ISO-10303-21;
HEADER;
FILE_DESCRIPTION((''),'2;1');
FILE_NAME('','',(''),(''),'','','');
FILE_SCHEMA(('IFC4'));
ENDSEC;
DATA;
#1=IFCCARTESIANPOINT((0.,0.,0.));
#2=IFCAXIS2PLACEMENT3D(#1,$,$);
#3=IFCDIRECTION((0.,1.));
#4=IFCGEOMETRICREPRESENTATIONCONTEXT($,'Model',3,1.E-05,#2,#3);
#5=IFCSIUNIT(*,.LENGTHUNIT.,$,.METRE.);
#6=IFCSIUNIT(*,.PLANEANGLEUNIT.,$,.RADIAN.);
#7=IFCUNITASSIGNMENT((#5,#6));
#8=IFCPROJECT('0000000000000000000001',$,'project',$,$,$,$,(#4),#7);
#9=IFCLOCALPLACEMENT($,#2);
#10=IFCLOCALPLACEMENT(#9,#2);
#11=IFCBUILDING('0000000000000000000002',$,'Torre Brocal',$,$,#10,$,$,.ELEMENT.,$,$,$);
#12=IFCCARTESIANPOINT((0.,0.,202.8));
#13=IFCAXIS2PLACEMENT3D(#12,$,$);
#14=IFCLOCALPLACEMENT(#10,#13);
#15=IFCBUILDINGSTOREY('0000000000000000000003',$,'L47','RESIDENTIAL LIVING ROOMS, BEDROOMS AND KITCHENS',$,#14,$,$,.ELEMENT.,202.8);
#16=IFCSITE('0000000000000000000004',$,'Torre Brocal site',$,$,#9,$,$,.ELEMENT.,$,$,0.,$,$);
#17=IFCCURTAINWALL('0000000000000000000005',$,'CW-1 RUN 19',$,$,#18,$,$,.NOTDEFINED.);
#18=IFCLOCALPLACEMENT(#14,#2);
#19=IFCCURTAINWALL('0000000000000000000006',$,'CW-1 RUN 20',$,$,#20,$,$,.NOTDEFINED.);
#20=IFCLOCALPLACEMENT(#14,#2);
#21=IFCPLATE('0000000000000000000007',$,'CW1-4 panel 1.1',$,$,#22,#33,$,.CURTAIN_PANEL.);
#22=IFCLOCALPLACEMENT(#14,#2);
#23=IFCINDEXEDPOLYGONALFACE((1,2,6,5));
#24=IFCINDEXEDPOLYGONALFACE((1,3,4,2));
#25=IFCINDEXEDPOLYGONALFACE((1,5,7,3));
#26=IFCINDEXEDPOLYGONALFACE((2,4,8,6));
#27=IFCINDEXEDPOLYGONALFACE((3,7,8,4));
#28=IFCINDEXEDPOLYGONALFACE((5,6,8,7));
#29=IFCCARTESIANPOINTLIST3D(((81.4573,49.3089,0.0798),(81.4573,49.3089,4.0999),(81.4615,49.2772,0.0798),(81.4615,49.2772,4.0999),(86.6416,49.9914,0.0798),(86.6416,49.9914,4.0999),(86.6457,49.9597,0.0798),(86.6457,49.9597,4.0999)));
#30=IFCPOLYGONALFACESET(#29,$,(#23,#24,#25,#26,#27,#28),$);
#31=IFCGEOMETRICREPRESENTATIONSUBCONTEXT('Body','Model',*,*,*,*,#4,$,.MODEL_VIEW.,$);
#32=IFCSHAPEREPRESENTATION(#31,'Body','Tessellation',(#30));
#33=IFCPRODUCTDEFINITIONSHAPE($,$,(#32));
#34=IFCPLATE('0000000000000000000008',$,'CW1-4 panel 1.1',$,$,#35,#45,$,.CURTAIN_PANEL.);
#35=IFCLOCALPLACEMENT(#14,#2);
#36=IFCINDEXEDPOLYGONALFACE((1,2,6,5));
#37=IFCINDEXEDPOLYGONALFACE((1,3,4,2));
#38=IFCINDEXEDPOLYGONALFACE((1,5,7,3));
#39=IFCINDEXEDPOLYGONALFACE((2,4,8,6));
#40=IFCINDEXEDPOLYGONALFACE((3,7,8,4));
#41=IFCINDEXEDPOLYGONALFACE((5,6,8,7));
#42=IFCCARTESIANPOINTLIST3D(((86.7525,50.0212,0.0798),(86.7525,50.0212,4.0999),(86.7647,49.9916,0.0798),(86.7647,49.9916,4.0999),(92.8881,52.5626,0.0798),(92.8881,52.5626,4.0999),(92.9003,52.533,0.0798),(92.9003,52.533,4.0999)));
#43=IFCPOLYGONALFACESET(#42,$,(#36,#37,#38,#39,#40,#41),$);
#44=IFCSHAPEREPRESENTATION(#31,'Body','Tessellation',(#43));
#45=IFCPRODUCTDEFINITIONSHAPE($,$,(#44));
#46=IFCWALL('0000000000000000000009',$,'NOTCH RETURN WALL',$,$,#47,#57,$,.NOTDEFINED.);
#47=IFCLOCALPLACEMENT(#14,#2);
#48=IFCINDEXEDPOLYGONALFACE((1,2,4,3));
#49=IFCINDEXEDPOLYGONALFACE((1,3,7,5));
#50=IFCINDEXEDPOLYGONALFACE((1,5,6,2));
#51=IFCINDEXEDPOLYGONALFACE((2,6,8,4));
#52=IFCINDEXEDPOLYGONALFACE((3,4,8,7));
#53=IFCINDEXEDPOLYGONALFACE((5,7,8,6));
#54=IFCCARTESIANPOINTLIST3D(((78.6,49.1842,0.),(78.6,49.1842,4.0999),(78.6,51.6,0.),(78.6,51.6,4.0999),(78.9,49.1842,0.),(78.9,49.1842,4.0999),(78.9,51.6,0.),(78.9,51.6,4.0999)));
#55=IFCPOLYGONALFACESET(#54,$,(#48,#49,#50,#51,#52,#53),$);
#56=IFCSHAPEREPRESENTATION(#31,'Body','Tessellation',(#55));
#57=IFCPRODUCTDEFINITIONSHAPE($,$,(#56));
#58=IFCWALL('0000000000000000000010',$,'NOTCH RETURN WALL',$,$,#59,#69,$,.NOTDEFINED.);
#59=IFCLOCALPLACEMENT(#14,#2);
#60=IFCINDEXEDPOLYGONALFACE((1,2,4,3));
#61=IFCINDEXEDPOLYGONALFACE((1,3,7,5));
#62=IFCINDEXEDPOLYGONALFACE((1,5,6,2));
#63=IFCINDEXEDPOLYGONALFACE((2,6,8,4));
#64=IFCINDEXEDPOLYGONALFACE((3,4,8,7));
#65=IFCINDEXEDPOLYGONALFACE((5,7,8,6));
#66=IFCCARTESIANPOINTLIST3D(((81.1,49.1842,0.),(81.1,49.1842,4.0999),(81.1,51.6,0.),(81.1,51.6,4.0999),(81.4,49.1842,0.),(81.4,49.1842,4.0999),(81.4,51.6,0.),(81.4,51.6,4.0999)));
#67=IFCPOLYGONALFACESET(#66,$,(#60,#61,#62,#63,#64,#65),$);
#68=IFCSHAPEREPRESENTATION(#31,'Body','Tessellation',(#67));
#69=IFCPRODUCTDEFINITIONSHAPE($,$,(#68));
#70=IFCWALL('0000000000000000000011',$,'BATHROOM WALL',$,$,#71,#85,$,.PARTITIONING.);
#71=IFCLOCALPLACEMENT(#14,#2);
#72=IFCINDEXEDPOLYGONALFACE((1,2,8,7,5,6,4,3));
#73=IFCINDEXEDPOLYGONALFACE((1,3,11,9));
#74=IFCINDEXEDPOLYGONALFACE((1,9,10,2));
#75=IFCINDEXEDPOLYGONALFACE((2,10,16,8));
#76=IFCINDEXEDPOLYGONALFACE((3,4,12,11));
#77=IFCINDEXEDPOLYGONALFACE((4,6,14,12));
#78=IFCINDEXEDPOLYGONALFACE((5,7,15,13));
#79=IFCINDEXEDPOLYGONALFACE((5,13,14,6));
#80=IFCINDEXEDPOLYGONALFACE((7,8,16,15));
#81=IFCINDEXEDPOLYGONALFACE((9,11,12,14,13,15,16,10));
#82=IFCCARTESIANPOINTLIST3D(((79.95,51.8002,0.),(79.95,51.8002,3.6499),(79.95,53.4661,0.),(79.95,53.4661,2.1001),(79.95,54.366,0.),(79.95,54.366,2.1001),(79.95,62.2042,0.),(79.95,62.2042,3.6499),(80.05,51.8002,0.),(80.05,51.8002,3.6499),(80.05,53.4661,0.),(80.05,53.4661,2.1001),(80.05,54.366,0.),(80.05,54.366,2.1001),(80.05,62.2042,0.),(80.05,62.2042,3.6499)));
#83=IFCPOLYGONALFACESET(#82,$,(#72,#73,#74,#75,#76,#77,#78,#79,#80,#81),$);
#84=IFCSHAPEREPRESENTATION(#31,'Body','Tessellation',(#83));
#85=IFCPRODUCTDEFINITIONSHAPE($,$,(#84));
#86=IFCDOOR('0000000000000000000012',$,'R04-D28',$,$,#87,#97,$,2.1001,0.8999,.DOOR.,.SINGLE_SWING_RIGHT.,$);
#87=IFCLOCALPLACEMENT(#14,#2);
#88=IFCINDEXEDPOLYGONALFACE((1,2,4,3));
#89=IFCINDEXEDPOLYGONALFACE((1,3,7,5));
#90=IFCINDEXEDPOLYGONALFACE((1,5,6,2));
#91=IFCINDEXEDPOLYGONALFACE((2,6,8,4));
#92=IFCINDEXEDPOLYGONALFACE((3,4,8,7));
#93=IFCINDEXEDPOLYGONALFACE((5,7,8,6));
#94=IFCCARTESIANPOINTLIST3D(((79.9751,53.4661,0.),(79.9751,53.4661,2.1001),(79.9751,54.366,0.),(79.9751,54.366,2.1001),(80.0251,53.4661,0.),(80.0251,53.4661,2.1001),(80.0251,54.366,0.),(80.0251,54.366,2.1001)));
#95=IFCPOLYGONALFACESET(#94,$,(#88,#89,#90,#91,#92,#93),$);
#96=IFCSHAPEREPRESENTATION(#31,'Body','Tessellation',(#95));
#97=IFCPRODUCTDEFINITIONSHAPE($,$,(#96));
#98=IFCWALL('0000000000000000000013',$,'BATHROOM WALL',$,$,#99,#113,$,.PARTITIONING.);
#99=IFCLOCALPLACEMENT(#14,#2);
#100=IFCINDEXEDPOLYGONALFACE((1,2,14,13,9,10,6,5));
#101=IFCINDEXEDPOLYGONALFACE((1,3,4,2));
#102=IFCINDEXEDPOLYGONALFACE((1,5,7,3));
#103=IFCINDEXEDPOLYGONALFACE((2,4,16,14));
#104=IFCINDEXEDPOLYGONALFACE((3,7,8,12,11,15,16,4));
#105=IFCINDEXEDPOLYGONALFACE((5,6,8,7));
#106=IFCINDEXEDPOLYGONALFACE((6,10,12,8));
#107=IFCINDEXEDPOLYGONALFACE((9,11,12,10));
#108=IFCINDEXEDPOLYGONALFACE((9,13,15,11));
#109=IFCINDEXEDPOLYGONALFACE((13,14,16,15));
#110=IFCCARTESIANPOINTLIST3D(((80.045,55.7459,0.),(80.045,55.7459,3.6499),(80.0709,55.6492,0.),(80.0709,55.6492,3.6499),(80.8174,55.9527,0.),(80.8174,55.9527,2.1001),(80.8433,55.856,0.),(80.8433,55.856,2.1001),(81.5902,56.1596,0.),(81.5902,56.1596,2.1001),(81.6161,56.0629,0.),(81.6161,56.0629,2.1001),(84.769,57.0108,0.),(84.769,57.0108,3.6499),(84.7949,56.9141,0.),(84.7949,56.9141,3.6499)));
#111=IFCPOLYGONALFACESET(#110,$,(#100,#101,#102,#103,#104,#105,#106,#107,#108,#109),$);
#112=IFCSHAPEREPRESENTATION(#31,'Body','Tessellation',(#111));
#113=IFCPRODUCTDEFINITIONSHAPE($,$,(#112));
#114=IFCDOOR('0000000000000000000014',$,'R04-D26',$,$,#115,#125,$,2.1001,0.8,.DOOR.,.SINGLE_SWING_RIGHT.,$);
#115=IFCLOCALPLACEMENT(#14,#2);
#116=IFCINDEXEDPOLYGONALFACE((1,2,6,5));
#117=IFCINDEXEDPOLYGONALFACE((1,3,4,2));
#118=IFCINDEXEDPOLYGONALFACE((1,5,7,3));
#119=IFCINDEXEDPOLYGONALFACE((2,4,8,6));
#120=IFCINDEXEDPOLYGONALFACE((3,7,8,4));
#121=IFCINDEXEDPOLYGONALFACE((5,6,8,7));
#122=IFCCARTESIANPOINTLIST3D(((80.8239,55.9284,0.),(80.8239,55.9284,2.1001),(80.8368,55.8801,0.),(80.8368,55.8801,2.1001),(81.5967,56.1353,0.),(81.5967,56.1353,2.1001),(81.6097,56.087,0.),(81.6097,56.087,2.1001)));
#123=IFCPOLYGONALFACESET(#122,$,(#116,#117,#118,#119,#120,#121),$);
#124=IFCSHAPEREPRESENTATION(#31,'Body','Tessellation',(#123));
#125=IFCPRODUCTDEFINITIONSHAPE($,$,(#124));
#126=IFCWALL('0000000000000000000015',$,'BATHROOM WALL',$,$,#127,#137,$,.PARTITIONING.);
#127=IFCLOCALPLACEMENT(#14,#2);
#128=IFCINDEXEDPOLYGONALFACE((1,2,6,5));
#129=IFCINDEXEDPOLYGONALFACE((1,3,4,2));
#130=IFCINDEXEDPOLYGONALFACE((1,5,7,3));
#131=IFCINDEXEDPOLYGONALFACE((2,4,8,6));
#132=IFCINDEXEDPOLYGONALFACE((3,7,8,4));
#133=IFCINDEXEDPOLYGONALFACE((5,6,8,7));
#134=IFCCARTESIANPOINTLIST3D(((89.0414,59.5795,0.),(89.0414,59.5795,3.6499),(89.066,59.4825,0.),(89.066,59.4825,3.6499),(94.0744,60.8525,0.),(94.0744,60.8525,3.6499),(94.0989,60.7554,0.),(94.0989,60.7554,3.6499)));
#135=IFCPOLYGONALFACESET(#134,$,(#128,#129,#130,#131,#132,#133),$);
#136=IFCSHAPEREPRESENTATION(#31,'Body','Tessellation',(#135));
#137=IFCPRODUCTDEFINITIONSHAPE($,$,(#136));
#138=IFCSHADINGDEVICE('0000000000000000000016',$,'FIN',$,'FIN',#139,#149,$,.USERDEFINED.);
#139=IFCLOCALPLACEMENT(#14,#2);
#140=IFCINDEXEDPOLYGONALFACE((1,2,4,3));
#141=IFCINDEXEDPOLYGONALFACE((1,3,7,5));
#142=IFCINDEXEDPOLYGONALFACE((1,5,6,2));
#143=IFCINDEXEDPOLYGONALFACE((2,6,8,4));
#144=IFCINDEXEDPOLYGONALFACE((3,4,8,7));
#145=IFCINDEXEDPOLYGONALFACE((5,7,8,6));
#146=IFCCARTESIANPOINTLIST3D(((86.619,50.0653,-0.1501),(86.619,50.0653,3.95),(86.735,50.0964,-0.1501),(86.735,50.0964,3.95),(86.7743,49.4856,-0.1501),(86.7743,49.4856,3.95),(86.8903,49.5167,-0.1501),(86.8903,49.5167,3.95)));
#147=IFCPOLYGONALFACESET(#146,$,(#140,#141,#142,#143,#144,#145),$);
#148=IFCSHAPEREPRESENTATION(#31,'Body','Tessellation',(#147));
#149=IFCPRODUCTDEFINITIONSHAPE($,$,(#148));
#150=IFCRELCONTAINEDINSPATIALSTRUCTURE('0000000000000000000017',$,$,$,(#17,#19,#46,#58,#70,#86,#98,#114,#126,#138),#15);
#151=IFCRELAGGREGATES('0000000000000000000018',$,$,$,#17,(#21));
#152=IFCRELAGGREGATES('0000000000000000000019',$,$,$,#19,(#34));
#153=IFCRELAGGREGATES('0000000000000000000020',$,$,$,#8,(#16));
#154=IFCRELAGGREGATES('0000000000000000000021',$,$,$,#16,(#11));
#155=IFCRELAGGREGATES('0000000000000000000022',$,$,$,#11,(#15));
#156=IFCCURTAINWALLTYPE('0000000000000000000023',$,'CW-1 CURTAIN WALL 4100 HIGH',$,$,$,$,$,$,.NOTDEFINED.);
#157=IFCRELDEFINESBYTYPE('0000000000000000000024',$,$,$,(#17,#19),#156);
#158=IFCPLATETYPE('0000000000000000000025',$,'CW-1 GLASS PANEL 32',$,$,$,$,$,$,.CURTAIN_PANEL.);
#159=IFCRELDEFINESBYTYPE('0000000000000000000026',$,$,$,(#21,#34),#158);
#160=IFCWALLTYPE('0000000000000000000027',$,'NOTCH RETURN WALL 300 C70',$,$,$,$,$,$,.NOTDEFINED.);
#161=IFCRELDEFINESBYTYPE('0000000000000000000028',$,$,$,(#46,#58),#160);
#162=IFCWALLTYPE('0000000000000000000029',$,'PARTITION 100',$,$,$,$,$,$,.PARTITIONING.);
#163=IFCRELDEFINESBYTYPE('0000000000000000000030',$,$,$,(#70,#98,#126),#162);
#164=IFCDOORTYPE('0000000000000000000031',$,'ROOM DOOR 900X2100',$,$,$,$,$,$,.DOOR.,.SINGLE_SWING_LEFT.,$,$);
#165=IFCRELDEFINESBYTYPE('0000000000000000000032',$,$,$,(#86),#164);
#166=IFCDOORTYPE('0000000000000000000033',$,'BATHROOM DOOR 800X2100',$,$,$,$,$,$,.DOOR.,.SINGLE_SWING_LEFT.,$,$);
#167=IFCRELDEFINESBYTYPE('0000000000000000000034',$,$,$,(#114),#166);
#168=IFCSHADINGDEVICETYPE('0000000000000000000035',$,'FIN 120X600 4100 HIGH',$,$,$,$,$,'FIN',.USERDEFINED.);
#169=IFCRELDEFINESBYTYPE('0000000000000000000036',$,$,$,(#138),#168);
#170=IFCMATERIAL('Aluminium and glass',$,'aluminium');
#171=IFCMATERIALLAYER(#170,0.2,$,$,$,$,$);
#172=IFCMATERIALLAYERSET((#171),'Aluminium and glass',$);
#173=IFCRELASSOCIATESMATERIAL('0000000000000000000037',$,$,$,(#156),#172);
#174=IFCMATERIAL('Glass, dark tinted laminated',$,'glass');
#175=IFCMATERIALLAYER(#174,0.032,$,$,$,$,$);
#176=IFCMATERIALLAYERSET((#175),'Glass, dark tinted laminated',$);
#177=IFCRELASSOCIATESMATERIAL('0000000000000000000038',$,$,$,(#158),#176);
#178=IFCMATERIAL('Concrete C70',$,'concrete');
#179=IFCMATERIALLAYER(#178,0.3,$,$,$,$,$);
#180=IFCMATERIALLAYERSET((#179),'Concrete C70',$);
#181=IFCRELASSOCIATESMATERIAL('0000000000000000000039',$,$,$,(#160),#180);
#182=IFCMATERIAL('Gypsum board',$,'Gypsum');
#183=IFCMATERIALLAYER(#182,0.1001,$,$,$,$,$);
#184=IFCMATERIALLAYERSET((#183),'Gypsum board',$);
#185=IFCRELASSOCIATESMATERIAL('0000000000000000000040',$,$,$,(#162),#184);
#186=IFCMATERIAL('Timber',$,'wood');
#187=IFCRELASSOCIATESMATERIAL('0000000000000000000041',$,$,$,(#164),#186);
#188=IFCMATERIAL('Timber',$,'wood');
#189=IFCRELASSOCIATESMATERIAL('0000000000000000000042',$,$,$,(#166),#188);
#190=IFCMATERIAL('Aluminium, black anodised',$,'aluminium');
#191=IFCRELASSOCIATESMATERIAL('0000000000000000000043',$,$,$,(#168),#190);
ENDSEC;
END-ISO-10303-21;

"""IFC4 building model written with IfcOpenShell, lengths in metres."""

from ifc_helpers import new_model, si_unit, direction, frame, frame_2d, origin, origin_2d, place, context, subcontext, project, spatial, rectangle, extrude, material, layer, layer_set, material_profile, profile_set, type_object, element, fill, aggregate, save


model = new_model("IFC4")

# Units and contexts
model_context = context("Model", 3, precision=1e-05, world=origin(), true_north=direction((0.0, 1.0)))
body_context = subcontext(model_context, "Body", "Model", "MODEL_VIEW")
ifc_project = project(units=[si_unit("LENGTHUNIT", "METRE"), si_unit("PLANEANGLEUNIT", "RADIAN")], contexts=[model_context])

# Site, building, storey
site_placement = place(None, origin())
site = spatial("IfcSite", under=ifc_project, at=site_placement, Name="Torre Brocal site", CompositionType="ELEMENT", RefElevation=0.0)
building_placement = place(site_placement, origin())
building = spatial("IfcBuilding", under=site, at=building_placement, Name="Torre Brocal", CompositionType="ELEMENT")
storey_placement = place(building_placement, frame((0.0, 0.0, 202.8)))
storey = spatial("IfcBuildingStorey", under=building, at=storey_placement, Name="L47", Description="RESIDENTIAL LIVING ROOMS, BEDROOMS AND KITCHENS", CompositionType="ELEMENT", Elevation=202.8)

# Curtain wall
ifc_material_1 = material(Name="Aluminium and glass", Category="aluminium")
ifc_layer_1 = layer(ifc_material_1, 0.2)
ifc_layer_set_1 = layer_set([ifc_layer_1], Name="Aluminium and glass")
curtain_wall_type = type_object("IfcCurtainWallType", Name="CW-1 CURTAIN WALL 4100 HIGH", PredefinedType="NOTDEFINED", material=ifc_layer_set_1)
curtain_wall_1_placement = place(storey_placement, origin())
curtain_wall_1 = element("IfcCurtainWall", 1, at=curtain_wall_1_placement, inside=storey, type_object=curtain_wall_type, Name="CW-1 RUN 19", PredefinedType="NOTDEFINED")

# Curtain wall
curtain_wall_2_placement = place(storey_placement, origin())
curtain_wall_2 = element("IfcCurtainWall", 2, at=curtain_wall_2_placement, inside=storey, type_object=curtain_wall_type, Name="CW-1 RUN 20", PredefinedType="NOTDEFINED")

# Plates
ifc_material_2 = material(Name="Glass, dark tinted laminated", Category="glass")
ifc_layer_2 = layer(ifc_material_2, 0.032)
ifc_layer_set_2 = layer_set([ifc_layer_2], Name="Glass, dark tinted laminated")
plate_type = type_object("IfcPlateType", Name="CW-1 GLASS PANEL 32", PredefinedType="CURTAIN_PANEL", material=ifc_layer_set_2)
plate_1_placement = place(storey_placement, frame((84.0515, 49.6343, 0.0798), z_axis=(0.0, 0.0, 1.0), x_axis=(0.991445, 0.130526, 0.0)))
plate_1 = element("IfcPlate", 3, at=plate_1_placement, type_object=plate_type, Name="CW1-4 panel 1.1", PredefinedType="CURTAIN_PANEL", context=body_context, shape_type="SweptSolid", body=[
    extrude(rectangle(XDim=5.229, YDim=0.032, at=origin_2d()), origin(), (0.0, 0.0, 1.0), 4.02),
])
aggregate(curtain_wall_1, [plate_1])
plate_2_placement = place(storey_placement, frame((89.8264, 51.2771, 0.0798), z_axis=(0.0, 0.0, 1.0), x_axis=(0.92388, 0.382683, 0.0)))
plate_2 = element("IfcPlate", 4, at=plate_2_placement, type_object=plate_type, Name="CW1-4 panel 1.1", PredefinedType="CURTAIN_PANEL", context=body_context, shape_type="SweptSolid", body=[
    extrude(rectangle(XDim=6.6411, YDim=0.032, at=origin_2d()), origin(), (0.0, 0.0, 1.0), 4.02),
])
aggregate(curtain_wall_2, [plate_2])

# Walls
ifc_material_3 = material(Name="Concrete C70", Category="concrete")
ifc_layer_3 = layer(ifc_material_3, 0.3)
ifc_layer_set_3 = layer_set([ifc_layer_3], Name="Concrete C70")
wall_type_1 = type_object("IfcWallType", Name="NOTCH RETURN WALL 300 C70", PredefinedType="NOTDEFINED", material=ifc_layer_set_3)
for number, where, z_axis, x_axis, name in (
    (5, (78.75, 51.6001, 0.0), (0.0, 0.0, 1.0), (0.0, -1.0, 0.0), "NOTCH RETURN WALL"),
    (6, (81.25, 51.6001, 0.0), (0.0, 0.0, 1.0), (0.0, -1.0, 0.0), "NOTCH RETURN WALL"),
):
    element("IfcWall", number, at=place(storey_placement, frame(where, z_axis=z_axis, x_axis=x_axis)), inside=storey, type_object=wall_type_1, Name=name, PredefinedType="NOTDEFINED", context=body_context, shape_type="SweptSolid", body=[
        extrude(rectangle(XDim=2.4158, YDim=0.3, at=frame_2d((1.208, 0.0))), origin(), (0.0, 0.0, 1.0), 4.0999),
    ])

# Walls, openings, doors
ifc_material_4 = material(Name="Gypsum board", Category="Gypsum")
ifc_layer_4 = layer(ifc_material_4, 0.1001)
ifc_layer_set_4 = layer_set([ifc_layer_4], Name="Gypsum board")
wall_type_2 = type_object("IfcWallType", Name="PARTITION 100", PredefinedType="PARTITIONING", material=ifc_layer_set_4)
wall_1_placement = place(storey_placement, frame((80.0, 51.8, 0.0), z_axis=(0.0, 0.0, 1.0), x_axis=(0.0, 1.0, 0.0)))
wall_1 = element("IfcWall", 7, at=wall_1_placement, inside=storey, type_object=wall_type_2, Name="BATHROOM WALL", PredefinedType="PARTITIONING", context=body_context, shape_type="SweptSolid", body=[
    extrude(rectangle(XDim=10.4041, YDim=0.1001, at=frame_2d((5.2021, 0.0))), origin(), (0.0, 0.0, 1.0), 3.6499),
])
opening_1_placement = place(wall_1_placement, frame((1.666, 0.0, 0.0)))
opening_1 = element("IfcOpeningElement", 8, at=opening_1_placement, cuts=wall_1, PredefinedType="OPENING", context=body_context, shape_type="SweptSolid", body=[
    extrude(rectangle(XDim=0.8999, YDim=2.1001, at=frame_2d((0.45, 1.05))), frame((0.0, 0.0601, 0.0), z_axis=(0.0, -1.0, 0.0), x_axis=(1.0, 0.0, 0.0)), (0.0, 0.0, 1.0), 0.1201),
])
ifc_material_5 = material(Name="Timber", Category="wood")
door_type_1 = type_object("IfcDoorType", Name="ROOM DOOR 900X2100", OperationType="SINGLE_SWING_LEFT", PredefinedType="DOOR", material=ifc_material_5)
door_1_placement = place(opening_1_placement, origin())
door_1 = element("IfcDoor", 9, at=door_1_placement, inside=storey, type_object=door_type_1, Name="R04-D28", OperationType="SINGLE_SWING_RIGHT", OverallHeight=2.1001, OverallWidth=0.8999, PredefinedType="DOOR", context=body_context, shape_type="SweptSolid", body=[
    extrude(rectangle(XDim=0.8999, YDim=2.1001, at=frame_2d((0.45, 1.05))), frame((0.0, 0.0249, 0.0), z_axis=(0.0, -1.0, 0.0), x_axis=(1.0, 0.0, 0.0)), (0.0, 0.0, 1.0), 0.05),
])
fill(opening_1, door_1)
wall_2_placement = place(storey_placement, frame((80.0579, 55.6975, 0.0), z_axis=(0.0, 0.0, 1.0), x_axis=(0.96597, 0.258654, 0.0)))
wall_2 = element("IfcWall", 10, at=wall_2_placement, inside=storey, type_object=wall_type_2, Name="BATHROOM WALL", PredefinedType="PARTITIONING", context=body_context, shape_type="SweptSolid", body=[
    extrude(rectangle(XDim=4.8904, YDim=0.1001, at=frame_2d((2.4453, 0.0))), origin(), (0.0, 0.0, 1.0), 3.6499),
])
opening_2_placement = place(wall_2_placement, frame((0.7998, 0.0, 0.0)))
opening_2 = element("IfcOpeningElement", 11, at=opening_2_placement, cuts=wall_2, PredefinedType="OPENING", context=body_context, shape_type="SweptSolid", body=[
    extrude(rectangle(XDim=0.8, YDim=2.1001, at=frame_2d((0.3999, 1.05))), frame((0.0, 0.0601, 0.0), z_axis=(0.0, -1.0, 0.0), x_axis=(1.0, 0.0, 0.0)), (0.0, 0.0, 1.0), 0.1201),
])
ifc_material_6 = material(Name="Timber", Category="wood")
door_type_2 = type_object("IfcDoorType", Name="BATHROOM DOOR 800X2100", OperationType="SINGLE_SWING_LEFT", PredefinedType="DOOR", material=ifc_material_6)
door_2_placement = place(opening_2_placement, origin())
door_2 = element("IfcDoor", 12, at=door_2_placement, inside=storey, type_object=door_type_2, Name="R04-D26", OperationType="SINGLE_SWING_RIGHT", OverallHeight=2.1001, OverallWidth=0.8, PredefinedType="DOOR", context=body_context, shape_type="SweptSolid", body=[
    extrude(rectangle(XDim=0.8, YDim=2.1001, at=frame_2d((0.3999, 1.05))), frame((0.0, 0.0249, 0.0), z_axis=(0.0, -1.0, 0.0), x_axis=(1.0, 0.0, 0.0)), (0.0, 0.0, 1.0), 0.05),
])
fill(opening_2, door_2)

# Wall
wall_3_placement = place(storey_placement, frame((89.0537, 59.531, 0.0), z_axis=(0.0, 0.0, 1.0), x_axis=(0.969472, 0.245201, 0.0)))
element("IfcWall", 13, at=wall_3_placement, inside=storey, type_object=wall_type_2, Name="BATHROOM WALL", PredefinedType="PARTITIONING", context=body_context, shape_type="SweptSolid", body=[
    extrude(rectangle(XDim=5.1914, YDim=0.1001, at=frame_2d((2.5957, 0.0))), origin(), (0.0, 0.0, 1.0), 3.6499),
])

# Shading device
ifc_material_7 = material(Name="Aluminium, black anodised", Category="aluminium")
ifc_material_profile_1 = material_profile(ifc_material_7, rectangle(XDim=0.1201, YDim=0.6001, at=origin_2d()), Name="FIN 120X600 4100 HIGH")
ifc_profile_set_1 = profile_set([ifc_material_profile_1], Name="Aluminium, black anodised")
shading_device_type = type_object("IfcShadingDeviceType", Name="FIN 120X600 4100 HIGH", ElementType="FIN", PredefinedType="USERDEFINED", material=ifc_profile_set_1)
shading_device_placement = place(storey_placement, frame((86.7546, 49.791, -0.1501), z_axis=(0.0, 0.0, 1.0), x_axis=(0.965926, 0.258819, 0.0)))
element("IfcShadingDevice", 14, at=shading_device_placement, inside=storey, type_object=shading_device_type, Name="FIN", ObjectType="FIN", PredefinedType="USERDEFINED", context=body_context, shape_type="SweptSolid", body=[
    extrude(rectangle(XDim=0.1201, YDim=0.6001, at=origin_2d()), origin(), (0.0, 0.0, 1.0), 4.1001),
])

save(model, "model.ifc")
